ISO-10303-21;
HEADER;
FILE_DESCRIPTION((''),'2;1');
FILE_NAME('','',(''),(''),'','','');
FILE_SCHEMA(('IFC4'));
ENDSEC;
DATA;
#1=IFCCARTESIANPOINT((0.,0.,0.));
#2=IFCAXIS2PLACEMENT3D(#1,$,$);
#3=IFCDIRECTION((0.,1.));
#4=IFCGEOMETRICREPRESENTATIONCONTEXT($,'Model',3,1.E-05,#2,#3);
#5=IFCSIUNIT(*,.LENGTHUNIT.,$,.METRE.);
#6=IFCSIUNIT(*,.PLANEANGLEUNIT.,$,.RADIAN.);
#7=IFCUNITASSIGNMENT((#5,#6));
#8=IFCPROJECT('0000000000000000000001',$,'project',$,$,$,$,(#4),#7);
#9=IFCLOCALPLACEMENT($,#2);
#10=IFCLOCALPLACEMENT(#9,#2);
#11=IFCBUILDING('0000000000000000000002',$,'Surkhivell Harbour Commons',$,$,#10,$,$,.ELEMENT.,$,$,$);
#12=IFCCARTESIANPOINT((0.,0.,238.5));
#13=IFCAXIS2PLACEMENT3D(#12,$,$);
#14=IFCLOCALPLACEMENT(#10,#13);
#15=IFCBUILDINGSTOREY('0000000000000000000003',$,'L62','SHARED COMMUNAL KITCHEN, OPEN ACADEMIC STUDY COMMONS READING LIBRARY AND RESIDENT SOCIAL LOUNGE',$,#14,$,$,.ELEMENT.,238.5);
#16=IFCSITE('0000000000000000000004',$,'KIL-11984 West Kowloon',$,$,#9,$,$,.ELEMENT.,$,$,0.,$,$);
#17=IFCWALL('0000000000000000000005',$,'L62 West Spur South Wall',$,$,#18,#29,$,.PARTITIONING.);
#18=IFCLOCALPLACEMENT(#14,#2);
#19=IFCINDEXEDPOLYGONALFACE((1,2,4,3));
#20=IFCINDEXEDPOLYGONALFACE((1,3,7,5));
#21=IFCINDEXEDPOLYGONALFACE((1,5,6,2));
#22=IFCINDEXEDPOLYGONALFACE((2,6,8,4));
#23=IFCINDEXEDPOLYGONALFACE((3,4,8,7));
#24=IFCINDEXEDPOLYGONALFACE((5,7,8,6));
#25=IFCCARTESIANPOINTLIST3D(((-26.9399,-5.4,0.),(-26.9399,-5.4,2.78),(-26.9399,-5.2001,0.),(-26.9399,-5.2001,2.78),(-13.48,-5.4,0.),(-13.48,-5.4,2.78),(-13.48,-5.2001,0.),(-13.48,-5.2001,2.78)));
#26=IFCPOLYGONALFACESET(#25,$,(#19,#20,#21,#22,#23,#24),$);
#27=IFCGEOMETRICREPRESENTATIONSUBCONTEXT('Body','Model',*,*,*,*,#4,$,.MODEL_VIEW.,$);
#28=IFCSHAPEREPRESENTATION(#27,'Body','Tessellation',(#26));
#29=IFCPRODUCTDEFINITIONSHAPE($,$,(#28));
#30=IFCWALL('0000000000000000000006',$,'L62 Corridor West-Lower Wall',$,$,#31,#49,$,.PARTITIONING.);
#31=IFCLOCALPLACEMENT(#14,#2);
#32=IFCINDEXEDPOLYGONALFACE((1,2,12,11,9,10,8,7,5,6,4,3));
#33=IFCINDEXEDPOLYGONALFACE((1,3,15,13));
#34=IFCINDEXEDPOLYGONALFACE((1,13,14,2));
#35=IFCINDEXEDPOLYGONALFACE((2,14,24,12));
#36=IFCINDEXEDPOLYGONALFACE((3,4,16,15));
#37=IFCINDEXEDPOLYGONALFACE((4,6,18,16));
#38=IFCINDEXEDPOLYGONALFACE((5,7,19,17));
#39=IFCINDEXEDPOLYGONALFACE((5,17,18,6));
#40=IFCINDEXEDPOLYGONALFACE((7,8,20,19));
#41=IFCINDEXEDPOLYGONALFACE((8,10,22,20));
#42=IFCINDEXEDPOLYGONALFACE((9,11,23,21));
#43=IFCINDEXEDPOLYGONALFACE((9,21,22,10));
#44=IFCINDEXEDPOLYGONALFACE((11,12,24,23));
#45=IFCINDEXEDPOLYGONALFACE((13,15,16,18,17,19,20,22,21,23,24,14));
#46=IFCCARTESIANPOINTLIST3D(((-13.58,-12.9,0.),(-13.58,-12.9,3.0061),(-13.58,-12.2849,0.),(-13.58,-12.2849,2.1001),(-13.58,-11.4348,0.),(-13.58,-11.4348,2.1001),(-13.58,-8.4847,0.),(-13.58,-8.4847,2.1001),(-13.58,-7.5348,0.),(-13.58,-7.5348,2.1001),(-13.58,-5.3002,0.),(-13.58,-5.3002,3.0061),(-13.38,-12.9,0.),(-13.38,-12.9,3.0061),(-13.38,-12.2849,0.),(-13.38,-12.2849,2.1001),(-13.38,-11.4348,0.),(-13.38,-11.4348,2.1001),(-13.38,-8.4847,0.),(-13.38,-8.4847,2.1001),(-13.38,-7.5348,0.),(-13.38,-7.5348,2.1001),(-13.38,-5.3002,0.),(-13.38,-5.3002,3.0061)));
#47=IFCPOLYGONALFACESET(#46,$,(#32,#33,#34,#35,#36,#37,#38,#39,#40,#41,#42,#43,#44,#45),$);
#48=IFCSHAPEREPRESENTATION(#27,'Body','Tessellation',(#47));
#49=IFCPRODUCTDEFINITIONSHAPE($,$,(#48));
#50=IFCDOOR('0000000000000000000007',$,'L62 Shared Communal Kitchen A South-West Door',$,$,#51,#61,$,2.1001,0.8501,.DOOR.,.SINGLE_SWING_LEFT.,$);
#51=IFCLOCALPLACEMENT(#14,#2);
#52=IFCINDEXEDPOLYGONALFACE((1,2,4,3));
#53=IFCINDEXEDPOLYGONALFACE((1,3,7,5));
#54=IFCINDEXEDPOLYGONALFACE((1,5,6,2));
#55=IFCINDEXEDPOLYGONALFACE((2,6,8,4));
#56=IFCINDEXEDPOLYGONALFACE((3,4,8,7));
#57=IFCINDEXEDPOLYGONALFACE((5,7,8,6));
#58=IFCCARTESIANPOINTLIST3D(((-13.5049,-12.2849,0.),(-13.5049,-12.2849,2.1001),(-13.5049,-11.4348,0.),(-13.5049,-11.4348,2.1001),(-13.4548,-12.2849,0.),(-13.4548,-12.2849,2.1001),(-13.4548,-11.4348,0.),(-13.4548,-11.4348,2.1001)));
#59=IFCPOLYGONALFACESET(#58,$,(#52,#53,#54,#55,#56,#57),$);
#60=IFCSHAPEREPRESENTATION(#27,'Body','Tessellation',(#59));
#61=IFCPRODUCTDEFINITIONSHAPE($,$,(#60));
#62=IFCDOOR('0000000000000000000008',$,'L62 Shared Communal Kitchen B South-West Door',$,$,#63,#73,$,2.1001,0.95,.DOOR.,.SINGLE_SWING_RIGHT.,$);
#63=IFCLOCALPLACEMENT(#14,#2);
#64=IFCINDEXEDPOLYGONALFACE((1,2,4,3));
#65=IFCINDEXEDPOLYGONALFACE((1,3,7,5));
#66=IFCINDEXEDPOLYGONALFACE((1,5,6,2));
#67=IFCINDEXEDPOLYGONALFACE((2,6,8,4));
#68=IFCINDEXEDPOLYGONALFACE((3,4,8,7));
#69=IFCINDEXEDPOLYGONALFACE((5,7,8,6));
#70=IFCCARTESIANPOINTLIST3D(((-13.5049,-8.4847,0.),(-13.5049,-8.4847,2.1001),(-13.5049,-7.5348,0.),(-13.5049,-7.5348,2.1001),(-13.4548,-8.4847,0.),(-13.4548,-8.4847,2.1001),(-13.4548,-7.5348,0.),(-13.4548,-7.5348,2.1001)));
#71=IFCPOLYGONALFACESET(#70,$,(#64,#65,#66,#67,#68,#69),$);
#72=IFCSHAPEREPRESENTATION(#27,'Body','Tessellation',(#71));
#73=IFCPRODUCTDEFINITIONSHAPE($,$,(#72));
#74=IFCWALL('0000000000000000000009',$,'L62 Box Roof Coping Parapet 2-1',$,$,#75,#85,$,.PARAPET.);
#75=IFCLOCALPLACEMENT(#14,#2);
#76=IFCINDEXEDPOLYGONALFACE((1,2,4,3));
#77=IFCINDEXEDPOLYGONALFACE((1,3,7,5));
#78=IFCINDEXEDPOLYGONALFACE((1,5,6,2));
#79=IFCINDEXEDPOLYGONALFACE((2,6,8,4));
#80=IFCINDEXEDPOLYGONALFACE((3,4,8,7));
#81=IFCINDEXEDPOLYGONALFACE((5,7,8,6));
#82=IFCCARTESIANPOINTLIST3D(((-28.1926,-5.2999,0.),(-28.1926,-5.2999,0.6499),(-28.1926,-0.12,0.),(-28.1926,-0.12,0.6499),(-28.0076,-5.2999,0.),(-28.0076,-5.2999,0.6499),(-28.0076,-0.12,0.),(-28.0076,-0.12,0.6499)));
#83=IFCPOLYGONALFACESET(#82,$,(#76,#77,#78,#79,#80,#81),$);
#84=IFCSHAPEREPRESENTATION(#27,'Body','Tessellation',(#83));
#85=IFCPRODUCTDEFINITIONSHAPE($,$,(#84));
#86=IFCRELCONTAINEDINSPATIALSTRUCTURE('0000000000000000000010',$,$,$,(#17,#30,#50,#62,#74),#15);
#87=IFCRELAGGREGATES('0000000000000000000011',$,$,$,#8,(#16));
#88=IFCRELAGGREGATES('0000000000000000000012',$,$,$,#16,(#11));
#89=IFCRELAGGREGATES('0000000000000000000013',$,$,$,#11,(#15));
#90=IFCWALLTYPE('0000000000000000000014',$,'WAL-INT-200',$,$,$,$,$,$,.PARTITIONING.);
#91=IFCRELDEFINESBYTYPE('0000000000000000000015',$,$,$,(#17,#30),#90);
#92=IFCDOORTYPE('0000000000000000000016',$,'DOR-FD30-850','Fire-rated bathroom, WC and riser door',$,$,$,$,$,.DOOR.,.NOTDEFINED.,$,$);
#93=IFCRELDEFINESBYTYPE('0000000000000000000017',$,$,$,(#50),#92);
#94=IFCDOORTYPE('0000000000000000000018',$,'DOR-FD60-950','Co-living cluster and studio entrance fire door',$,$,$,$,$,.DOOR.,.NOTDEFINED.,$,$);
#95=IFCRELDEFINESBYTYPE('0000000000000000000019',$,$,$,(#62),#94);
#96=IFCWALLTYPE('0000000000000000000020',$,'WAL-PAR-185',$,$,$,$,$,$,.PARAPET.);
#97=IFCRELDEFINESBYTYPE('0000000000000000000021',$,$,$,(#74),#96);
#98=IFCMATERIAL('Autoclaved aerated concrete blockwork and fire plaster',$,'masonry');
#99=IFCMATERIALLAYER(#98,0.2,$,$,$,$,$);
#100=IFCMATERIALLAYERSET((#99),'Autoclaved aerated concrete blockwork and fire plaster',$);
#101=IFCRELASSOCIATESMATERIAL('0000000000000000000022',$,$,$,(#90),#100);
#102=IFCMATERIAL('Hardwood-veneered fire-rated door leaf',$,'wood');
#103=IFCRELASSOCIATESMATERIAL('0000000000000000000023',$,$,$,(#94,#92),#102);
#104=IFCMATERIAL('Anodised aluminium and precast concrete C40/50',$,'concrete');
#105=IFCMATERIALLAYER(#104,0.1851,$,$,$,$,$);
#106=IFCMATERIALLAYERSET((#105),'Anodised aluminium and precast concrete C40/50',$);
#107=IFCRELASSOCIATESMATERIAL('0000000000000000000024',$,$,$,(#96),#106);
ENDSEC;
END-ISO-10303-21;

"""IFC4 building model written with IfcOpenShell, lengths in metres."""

from ifc_helpers import new_model, si_unit, direction, frame, frame_2d, origin, place, context, subcontext, project, spatial, rectangle, extrude, material, layer, layer_set, type_object, element, fill, save


model = new_model("IFC4")

# Units and contexts
model_context = context("Model", 3, precision=1e-05, world=origin(), true_north=direction((0.0, 1.0)))
body_context = subcontext(model_context, "Body", "Model", "MODEL_VIEW")
ifc_project = project(units=[si_unit("LENGTHUNIT", "METRE"), si_unit("PLANEANGLEUNIT", "RADIAN")], contexts=[model_context])

# Site, building, storey
site_placement = place(None, origin())
site = spatial("IfcSite", under=ifc_project, at=site_placement, Name="KIL-11984 West Kowloon", CompositionType="ELEMENT", RefElevation=0.0)
building_placement = place(site_placement, origin())
building = spatial("IfcBuilding", under=site, at=building_placement, Name="Surkhivell Harbour Commons", CompositionType="ELEMENT")
storey_placement = place(building_placement, frame((0.0, 0.0, 238.5)))
storey = spatial("IfcBuildingStorey", under=building, at=storey_placement, Name="L62", Description="SHARED COMMUNAL KITCHEN, OPEN ACADEMIC STUDY COMMONS READING LIBRARY AND RESIDENT SOCIAL LOUNGE", CompositionType="ELEMENT", Elevation=238.5)

# Shared definitions
ifc_material_1 = material(Name="Autoclaved aerated concrete blockwork and fire plaster", Category="masonry")
ifc_layer_1 = layer(ifc_material_1, 0.2)
ifc_layer_set_1 = layer_set([ifc_layer_1], Name="Autoclaved aerated concrete blockwork and fire plaster")
wall_type_1 = type_object("IfcWallType", Name="WAL-INT-200", PredefinedType="PARTITIONING", material=ifc_layer_set_1)
ifc_material_2 = material(Name="Hardwood-veneered fire-rated door leaf", Category="wood")
door_type_1 = type_object("IfcDoorType", Name="DOR-FD60-950", Description="Co-living cluster and studio entrance fire door", OperationType="NOTDEFINED", PredefinedType="DOOR", material=ifc_material_2)

# Wall
for number, where, z_axis, x_axis, name in (
    (1, (-26.9399, -5.3, 0.0), (0.0, 0.0, 1.0), (1.0, 0.0, 0.0), "L62 West Spur South Wall"),
):
    element("IfcWall", number, at=place(storey_placement, frame(where, z_axis=z_axis, x_axis=x_axis)), inside=storey, type_object=wall_type_1, Name=name, PredefinedType="PARTITIONING", context=body_context, shape_type="SweptSolid", body=[
        extrude(rectangle(XDim=13.46, YDim=0.2, at=frame_2d((6.73, 0.0))), origin(), (0.0, 0.0, 1.0), 2.78),
    ])

# Wall, openings, doors
wall_1_placement = place(storey_placement, frame((-13.48, -12.8999, 0.0), z_axis=(0.0, 0.0, 1.0), x_axis=(0.0, 1.0, 0.0)))
wall_1 = element("IfcWall", 2, at=wall_1_placement, inside=storey, type_object=wall_type_1, Name="L62 Corridor West-Lower Wall", PredefinedType="PARTITIONING", context=body_context, shape_type="SweptSolid", body=[
    extrude(rectangle(XDim=7.5999, YDim=0.2, at=frame_2d((3.7998, 0.0))), origin(), (0.0, 0.0, 1.0), 3.0061),
])
opening_1_placement = place(wall_1_placement, frame((0.615, 0.0, 0.0)))
opening_1 = element("IfcOpeningElement", 3, at=opening_1_placement, cuts=wall_1, PredefinedType="OPENING", context=body_context, shape_type="SweptSolid", body=[
    extrude(rectangle(XDim=0.8501, YDim=2.1001, at=frame_2d((0.425, 1.05))), frame((0.0, 0.1099, 0.0), z_axis=(0.0, -1.0, 0.0), x_axis=(1.0, 0.0, 0.0)), (0.0, 0.0, 1.0), 0.22),
])
opening_2_placement = place(wall_1_placement, frame((4.415, 0.0, 0.0)))
opening_2 = element("IfcOpeningElement", 4, at=opening_2_placement, cuts=wall_1, PredefinedType="OPENING", context=body_context, shape_type="SweptSolid", body=[
    extrude(rectangle(XDim=0.95, YDim=2.1001, at=frame_2d((0.4751, 1.05))), frame((0.0, 0.1099, 0.0), z_axis=(0.0, -1.0, 0.0), x_axis=(1.0, 0.0, 0.0)), (0.0, 0.0, 1.0), 0.22),
])
door_type_2 = type_object("IfcDoorType", Name="DOR-FD30-850", Description="Fire-rated bathroom, WC and riser door", OperationType="NOTDEFINED", PredefinedType="DOOR", material=ifc_material_2)
door_1_placement = place(opening_1_placement, origin())
door_1 = element("IfcDoor", 5, at=door_1_placement, inside=storey, type_object=door_type_2, Name="L62 Shared Communal Kitchen A South-West Door", OperationType="SINGLE_SWING_LEFT", OverallHeight=2.1001, OverallWidth=0.8501, PredefinedType="DOOR", context=body_context, shape_type="SweptSolid", body=[
    extrude(rectangle(XDim=0.8501, YDim=2.1001, at=frame_2d((0.425, 1.05))), frame((0.0, 0.0249, 0.0), z_axis=(0.0, -1.0, 0.0), x_axis=(1.0, 0.0, 0.0)), (0.0, 0.0, 1.0), 0.05),
])
fill(opening_1, door_1)
door_2_placement = place(opening_2_placement, origin())
door_2 = element("IfcDoor", 6, at=door_2_placement, inside=storey, type_object=door_type_1, Name="L62 Shared Communal Kitchen B South-West Door", OperationType="SINGLE_SWING_RIGHT", OverallHeight=2.1001, OverallWidth=0.95, PredefinedType="DOOR", context=body_context, shape_type="SweptSolid", body=[
    extrude(rectangle(XDim=0.95, YDim=2.1001, at=frame_2d((0.4751, 1.05))), frame((0.0, 0.0249, 0.0), z_axis=(0.0, -1.0, 0.0), x_axis=(1.0, 0.0, 0.0)), (0.0, 0.0, 1.0), 0.05),
])
fill(opening_2, door_2)

# Wall
ifc_material_3 = material(Name="Anodised aluminium and precast concrete C40/50", Category="concrete")
ifc_layer_2 = layer(ifc_material_3, 0.1851)
ifc_layer_set_2 = layer_set([ifc_layer_2], Name="Anodised aluminium and precast concrete C40/50")
wall_type_2 = type_object("IfcWallType", Name="WAL-PAR-185", PredefinedType="PARAPET", material=ifc_layer_set_2)
wall_2_placement = place(storey_placement, frame((-28.1001, -0.1201, 0.0), z_axis=(0.0, 0.0, 1.0), x_axis=(0.0, -1.0, 0.0)))
element("IfcWall", 7, at=wall_2_placement, inside=storey, type_object=wall_type_2, Name="L62 Box Roof Coping Parapet 2-1", PredefinedType="PARAPET", context=body_context, shape_type="SweptSolid", body=[
    extrude(rectangle(XDim=5.1799, YDim=0.1851, at=frame_2d((2.5898, 0.0))), origin(), (0.0, 0.0, 1.0), 0.6499),
])

save(model, "model.ifc")
